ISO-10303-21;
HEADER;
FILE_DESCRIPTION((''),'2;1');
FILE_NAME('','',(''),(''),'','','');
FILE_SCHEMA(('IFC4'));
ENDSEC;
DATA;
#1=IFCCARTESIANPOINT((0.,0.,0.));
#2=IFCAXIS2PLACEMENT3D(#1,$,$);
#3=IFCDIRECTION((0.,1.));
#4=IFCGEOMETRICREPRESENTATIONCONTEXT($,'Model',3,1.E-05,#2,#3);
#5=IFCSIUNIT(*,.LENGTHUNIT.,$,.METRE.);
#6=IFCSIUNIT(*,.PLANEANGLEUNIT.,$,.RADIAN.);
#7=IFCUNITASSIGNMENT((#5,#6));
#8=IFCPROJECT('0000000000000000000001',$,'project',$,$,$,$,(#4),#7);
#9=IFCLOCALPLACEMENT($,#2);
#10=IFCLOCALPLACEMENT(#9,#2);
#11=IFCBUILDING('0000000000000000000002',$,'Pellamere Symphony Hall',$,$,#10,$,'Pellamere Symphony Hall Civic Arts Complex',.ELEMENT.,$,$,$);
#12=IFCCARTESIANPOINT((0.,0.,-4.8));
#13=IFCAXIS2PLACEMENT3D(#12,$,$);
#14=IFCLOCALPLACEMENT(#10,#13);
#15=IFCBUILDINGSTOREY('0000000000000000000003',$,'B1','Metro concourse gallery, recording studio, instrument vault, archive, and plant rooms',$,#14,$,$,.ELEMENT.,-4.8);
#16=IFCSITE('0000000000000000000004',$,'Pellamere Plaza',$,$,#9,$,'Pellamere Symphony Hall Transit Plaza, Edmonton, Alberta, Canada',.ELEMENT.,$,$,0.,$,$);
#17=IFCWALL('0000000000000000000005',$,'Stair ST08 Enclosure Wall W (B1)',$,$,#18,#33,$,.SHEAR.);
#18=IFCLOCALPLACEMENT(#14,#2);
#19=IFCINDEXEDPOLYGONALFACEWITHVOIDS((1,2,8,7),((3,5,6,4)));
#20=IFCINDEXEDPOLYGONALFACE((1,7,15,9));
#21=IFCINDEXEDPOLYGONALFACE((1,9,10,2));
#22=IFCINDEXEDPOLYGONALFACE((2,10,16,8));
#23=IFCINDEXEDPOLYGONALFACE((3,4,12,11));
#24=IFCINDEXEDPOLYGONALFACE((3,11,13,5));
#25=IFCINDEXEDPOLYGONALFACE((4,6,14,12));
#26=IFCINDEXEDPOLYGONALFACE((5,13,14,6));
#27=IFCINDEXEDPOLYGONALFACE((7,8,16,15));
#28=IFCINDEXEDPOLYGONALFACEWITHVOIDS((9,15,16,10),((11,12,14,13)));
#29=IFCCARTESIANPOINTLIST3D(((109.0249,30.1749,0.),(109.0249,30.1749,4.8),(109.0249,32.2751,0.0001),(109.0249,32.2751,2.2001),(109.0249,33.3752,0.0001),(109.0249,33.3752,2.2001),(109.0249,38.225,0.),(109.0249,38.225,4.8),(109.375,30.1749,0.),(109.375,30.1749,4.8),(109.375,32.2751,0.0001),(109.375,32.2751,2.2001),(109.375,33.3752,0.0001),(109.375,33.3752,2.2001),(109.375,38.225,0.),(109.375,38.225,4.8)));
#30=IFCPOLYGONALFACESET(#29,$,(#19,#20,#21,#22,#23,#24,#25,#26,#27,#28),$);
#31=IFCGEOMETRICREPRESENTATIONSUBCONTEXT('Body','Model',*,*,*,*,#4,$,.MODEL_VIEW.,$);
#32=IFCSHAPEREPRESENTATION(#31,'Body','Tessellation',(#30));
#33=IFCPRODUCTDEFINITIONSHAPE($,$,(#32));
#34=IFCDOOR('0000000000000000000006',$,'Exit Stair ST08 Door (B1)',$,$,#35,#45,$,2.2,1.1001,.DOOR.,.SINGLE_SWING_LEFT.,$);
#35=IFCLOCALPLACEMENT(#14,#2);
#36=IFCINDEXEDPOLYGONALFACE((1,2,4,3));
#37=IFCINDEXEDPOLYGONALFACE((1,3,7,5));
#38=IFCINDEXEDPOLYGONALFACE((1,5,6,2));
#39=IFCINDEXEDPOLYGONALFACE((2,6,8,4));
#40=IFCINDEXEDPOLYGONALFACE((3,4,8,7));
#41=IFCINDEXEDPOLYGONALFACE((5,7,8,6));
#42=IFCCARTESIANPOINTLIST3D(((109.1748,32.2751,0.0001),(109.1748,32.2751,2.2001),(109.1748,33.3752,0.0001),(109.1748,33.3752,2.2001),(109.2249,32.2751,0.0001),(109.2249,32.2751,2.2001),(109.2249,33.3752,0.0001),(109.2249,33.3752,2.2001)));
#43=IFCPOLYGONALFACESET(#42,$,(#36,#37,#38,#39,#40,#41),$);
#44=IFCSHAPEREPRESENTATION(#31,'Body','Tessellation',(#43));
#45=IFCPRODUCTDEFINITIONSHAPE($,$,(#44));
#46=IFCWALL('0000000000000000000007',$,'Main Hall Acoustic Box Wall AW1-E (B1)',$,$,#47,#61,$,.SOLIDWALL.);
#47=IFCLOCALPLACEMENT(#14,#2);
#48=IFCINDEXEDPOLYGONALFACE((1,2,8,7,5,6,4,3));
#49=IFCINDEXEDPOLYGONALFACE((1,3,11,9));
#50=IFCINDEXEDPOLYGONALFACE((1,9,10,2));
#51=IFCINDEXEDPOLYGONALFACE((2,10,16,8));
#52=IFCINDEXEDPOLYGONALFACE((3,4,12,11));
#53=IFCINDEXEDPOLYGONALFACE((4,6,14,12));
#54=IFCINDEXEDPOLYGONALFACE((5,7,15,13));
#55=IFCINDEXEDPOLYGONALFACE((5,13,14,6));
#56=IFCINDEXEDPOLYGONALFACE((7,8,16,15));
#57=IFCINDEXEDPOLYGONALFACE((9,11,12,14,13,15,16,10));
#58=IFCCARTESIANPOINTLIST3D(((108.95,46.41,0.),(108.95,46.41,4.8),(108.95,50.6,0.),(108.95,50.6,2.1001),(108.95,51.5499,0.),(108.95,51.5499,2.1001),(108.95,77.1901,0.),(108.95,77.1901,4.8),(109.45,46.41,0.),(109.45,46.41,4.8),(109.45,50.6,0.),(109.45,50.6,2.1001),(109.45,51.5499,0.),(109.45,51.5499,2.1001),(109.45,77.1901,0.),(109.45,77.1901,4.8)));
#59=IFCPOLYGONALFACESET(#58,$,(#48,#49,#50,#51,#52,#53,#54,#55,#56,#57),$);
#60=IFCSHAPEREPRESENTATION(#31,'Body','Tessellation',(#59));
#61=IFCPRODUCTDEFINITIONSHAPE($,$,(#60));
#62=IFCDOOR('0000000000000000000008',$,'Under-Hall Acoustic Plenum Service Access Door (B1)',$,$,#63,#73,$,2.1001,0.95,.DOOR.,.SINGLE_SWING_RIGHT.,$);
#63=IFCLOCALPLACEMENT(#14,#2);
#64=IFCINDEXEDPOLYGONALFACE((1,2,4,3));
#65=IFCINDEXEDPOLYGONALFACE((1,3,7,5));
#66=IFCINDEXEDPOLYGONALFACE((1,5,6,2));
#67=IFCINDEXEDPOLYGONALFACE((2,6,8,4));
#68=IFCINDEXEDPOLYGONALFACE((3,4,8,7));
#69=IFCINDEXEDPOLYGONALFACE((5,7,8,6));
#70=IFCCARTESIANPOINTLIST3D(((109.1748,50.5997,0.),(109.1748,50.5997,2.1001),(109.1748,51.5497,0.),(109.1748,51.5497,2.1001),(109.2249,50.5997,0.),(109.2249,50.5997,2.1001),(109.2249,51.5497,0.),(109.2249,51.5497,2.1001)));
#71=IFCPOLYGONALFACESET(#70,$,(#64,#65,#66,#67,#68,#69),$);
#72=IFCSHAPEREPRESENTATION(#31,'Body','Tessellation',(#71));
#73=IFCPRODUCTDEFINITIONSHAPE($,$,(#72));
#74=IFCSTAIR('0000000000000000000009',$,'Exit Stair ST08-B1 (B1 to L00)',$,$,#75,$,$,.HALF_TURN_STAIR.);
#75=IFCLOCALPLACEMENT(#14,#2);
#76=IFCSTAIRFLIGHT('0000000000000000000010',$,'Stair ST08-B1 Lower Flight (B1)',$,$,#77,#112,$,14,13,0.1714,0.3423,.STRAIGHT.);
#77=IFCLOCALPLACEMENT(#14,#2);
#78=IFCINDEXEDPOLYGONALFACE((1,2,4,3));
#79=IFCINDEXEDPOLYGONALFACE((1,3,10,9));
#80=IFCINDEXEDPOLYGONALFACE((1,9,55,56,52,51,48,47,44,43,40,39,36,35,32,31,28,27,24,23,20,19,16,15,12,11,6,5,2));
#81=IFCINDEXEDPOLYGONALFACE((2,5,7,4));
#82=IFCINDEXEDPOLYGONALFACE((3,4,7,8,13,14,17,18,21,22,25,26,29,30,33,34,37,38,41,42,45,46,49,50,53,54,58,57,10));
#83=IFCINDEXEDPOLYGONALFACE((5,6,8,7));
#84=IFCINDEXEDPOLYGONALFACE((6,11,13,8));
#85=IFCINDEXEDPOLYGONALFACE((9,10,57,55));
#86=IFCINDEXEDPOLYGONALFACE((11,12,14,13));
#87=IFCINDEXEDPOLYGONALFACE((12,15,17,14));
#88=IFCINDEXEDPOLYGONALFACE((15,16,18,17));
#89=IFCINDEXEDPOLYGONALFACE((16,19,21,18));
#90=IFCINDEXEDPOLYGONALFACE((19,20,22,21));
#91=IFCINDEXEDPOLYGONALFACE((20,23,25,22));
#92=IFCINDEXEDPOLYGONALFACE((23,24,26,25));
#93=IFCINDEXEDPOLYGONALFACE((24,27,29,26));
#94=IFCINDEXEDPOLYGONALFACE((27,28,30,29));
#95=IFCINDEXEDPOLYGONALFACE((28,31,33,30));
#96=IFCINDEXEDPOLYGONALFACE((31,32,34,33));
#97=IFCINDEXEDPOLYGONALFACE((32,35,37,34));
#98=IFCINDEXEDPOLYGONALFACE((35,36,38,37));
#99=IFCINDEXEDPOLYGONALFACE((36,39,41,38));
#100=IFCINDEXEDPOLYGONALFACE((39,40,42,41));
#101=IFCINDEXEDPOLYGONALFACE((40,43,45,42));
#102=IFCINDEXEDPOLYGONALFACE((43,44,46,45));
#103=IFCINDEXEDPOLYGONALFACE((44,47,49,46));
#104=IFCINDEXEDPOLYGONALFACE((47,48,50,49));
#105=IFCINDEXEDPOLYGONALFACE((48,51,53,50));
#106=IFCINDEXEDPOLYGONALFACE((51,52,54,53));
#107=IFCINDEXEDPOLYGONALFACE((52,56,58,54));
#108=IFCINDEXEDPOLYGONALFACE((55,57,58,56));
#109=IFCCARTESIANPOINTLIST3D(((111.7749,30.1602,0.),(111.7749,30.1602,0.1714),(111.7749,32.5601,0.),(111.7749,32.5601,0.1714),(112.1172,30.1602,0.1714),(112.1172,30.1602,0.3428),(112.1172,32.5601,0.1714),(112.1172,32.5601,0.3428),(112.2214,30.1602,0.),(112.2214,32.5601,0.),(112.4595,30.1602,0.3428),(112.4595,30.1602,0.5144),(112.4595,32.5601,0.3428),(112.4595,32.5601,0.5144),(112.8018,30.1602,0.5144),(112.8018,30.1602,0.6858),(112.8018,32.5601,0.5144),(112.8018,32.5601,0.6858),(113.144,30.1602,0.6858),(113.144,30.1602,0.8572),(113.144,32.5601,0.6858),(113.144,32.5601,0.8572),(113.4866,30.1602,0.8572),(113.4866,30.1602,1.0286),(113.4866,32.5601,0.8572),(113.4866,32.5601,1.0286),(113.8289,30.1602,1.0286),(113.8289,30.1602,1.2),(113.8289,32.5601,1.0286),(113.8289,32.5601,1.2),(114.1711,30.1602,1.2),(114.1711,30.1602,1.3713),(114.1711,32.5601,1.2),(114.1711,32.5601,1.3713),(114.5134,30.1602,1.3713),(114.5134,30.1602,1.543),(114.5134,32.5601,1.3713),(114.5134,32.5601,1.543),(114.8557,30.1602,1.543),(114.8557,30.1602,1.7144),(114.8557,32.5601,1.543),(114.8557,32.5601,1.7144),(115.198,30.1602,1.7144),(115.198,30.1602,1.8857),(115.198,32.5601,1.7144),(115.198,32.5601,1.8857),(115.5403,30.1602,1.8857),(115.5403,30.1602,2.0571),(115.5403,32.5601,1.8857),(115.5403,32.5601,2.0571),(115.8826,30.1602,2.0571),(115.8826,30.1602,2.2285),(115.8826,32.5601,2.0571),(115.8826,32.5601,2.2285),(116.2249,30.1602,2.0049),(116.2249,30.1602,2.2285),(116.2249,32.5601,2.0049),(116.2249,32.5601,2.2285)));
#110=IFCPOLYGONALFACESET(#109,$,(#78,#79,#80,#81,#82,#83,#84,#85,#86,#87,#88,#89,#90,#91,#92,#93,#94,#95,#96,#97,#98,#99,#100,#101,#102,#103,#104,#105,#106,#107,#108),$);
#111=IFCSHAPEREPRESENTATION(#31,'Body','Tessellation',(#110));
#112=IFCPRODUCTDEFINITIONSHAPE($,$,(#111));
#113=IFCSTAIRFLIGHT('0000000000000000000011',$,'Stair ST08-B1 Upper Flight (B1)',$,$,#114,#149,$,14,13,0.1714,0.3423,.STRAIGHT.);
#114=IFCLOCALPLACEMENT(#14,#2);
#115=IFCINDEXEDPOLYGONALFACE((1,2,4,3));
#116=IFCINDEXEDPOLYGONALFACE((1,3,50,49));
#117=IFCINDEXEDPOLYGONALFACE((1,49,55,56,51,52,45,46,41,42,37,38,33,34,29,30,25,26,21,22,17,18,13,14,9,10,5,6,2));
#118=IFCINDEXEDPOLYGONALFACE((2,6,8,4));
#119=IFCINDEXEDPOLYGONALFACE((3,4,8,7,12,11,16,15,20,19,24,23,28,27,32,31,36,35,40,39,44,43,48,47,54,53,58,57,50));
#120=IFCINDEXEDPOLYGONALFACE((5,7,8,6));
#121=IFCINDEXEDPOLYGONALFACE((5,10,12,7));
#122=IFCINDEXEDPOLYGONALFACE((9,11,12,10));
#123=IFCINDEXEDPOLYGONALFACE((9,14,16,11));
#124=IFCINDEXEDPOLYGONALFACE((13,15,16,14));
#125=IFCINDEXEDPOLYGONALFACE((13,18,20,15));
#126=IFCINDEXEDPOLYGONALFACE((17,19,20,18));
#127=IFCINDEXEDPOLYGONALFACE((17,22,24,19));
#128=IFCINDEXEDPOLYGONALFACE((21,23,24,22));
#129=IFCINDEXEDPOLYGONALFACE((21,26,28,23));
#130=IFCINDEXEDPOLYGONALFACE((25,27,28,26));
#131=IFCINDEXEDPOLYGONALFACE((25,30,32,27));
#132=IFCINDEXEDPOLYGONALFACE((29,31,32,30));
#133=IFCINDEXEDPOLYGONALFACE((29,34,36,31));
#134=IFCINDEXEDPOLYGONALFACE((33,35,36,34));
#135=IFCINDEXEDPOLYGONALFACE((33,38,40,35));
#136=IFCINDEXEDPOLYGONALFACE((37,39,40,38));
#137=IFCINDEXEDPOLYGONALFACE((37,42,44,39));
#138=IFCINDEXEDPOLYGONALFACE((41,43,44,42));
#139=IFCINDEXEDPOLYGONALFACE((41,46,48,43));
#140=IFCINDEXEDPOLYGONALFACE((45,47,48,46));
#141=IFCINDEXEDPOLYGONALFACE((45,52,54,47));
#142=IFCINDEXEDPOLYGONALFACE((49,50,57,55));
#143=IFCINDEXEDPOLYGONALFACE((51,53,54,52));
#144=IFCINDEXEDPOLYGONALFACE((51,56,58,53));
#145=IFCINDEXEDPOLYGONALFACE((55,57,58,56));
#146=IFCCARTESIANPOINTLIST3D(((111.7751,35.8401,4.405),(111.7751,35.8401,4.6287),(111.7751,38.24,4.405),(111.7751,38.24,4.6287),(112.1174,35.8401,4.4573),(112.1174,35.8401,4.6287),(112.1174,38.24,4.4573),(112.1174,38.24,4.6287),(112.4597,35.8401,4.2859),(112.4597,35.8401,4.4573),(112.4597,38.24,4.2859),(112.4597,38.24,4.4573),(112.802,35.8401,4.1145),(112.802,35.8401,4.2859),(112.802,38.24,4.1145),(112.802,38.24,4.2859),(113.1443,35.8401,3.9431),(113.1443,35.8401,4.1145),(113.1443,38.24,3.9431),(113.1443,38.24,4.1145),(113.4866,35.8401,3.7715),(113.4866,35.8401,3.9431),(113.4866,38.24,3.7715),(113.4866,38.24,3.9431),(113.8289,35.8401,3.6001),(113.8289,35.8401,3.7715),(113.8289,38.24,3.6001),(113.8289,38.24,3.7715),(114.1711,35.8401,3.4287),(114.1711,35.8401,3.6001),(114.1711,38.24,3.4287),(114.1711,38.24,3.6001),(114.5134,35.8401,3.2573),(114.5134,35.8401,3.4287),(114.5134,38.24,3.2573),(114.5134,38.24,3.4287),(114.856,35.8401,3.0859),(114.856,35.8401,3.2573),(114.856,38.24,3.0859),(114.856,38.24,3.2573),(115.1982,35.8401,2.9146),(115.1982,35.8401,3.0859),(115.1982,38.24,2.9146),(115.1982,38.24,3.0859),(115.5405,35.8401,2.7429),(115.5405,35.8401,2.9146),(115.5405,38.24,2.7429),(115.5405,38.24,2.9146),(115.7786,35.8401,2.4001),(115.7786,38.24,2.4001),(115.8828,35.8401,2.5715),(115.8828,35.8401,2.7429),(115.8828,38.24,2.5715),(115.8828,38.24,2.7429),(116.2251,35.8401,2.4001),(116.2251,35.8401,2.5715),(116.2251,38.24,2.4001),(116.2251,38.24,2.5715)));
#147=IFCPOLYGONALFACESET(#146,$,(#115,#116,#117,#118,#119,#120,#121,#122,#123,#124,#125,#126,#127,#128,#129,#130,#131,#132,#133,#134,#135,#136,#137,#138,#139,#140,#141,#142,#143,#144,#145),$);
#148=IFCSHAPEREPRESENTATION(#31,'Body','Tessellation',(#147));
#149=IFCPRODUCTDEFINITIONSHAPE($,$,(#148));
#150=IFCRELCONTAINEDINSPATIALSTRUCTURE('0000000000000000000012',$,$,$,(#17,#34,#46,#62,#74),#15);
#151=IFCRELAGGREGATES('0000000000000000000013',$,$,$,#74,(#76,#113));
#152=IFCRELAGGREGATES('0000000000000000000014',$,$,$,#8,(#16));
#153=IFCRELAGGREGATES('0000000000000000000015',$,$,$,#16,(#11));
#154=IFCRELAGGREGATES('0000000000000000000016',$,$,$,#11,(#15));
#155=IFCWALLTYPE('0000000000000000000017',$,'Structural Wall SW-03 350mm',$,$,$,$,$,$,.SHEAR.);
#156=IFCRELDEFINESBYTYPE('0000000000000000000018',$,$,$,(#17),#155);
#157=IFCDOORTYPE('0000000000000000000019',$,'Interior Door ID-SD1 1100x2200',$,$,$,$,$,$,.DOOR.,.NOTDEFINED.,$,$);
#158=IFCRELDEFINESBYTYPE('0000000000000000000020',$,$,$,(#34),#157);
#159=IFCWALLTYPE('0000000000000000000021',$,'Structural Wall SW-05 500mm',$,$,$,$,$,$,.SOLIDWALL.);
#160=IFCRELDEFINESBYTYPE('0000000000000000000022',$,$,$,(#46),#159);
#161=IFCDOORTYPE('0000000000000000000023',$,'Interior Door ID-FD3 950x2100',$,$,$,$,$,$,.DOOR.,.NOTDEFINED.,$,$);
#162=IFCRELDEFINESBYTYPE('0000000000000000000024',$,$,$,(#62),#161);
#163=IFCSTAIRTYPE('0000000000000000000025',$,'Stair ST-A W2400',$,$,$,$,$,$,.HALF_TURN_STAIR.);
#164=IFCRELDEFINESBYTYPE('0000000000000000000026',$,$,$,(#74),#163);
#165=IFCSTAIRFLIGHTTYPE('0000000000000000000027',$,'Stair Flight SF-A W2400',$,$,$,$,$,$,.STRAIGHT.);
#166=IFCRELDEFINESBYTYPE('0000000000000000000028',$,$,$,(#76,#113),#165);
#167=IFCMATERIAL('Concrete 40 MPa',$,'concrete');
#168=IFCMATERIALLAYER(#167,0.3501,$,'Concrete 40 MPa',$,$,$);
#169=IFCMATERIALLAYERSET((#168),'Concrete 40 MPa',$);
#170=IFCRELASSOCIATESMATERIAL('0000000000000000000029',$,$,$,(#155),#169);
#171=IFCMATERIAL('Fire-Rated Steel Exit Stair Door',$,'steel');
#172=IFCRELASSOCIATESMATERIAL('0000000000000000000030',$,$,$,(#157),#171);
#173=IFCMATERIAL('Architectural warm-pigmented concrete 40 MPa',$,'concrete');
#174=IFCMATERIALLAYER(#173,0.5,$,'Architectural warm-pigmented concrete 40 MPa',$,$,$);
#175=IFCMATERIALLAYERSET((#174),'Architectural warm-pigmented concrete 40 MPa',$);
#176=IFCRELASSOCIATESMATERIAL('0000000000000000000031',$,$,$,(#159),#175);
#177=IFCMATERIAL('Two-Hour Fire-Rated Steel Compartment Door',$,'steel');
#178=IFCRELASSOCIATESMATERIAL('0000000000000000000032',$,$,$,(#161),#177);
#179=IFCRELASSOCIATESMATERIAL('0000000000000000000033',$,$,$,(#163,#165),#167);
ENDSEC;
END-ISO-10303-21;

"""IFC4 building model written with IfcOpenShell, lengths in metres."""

from ifc_helpers import new_model, si_unit, direction, frame, frame_2d, origin, place, context, subcontext, project, spatial, polyline, rectangle, outline, extrude, material, layer, layer_set, type_object, element, fill, aggregate, save


model = new_model("IFC4")

# Units and contexts
model_context = context("Model", 3, precision=1e-05, world=origin(), true_north=direction((0.0, 1.0)))
body_context = subcontext(model_context, "Body", "Model", "MODEL_VIEW")
ifc_project = project(units=[si_unit("LENGTHUNIT", "METRE"), si_unit("PLANEANGLEUNIT", "RADIAN")], contexts=[model_context])

# Site, building, storey
site_placement = place(None, origin())
site = spatial("IfcSite", under=ifc_project, at=site_placement, Name="Pellamere Plaza", LongName="Pellamere Symphony Hall Transit Plaza, Edmonton, Alberta, Canada", CompositionType="ELEMENT", RefElevation=0.0)
building_placement = place(site_placement, origin())
building = spatial("IfcBuilding", under=site, at=building_placement, Name="Pellamere Symphony Hall", LongName="Pellamere Symphony Hall Civic Arts Complex", CompositionType="ELEMENT")
storey_placement = place(building_placement, frame((0.0, 0.0, -4.8)))
storey = spatial("IfcBuildingStorey", under=building, at=storey_placement, Name="B1", Description="Metro concourse gallery, recording studio, instrument vault, archive, and plant rooms", CompositionType="ELEMENT", Elevation=-4.8)

# Shared definitions
ifc_material_1 = material(Name="Concrete 40 MPa", Category="concrete")

# Shared definitions
ifc_layer_1 = layer(ifc_material_1, 0.3501, Name="Concrete 40 MPa")
ifc_layer_set_1 = layer_set([ifc_layer_1], Name="Concrete 40 MPa")
wall_type_1 = type_object("IfcWallType", Name="Structural Wall SW-03 350mm", PredefinedType="SHEAR", material=ifc_layer_set_1)

# Walls, openings, doors
wall_1_placement = place(storey_placement, frame((109.2, 30.175, 0.0), z_axis=(0.0, 0.0, 1.0), x_axis=(0.0, 1.0, 0.0)))
wall_1 = element("IfcWall", 1, at=wall_1_placement, inside=storey, type_object=wall_type_1, Name="Stair ST08 Enclosure Wall W (B1)", PredefinedType="SHEAR", context=body_context, shape_type="SweptSolid", body=[
    extrude(rectangle(XDim=8.05, YDim=0.3501, at=frame_2d((4.0249, 0.0))), origin(), (0.0, 0.0, 1.0), 4.8),
])
opening_1_placement = place(wall_1_placement, frame((2.1001, 0.0, 0.0)))
opening_1 = element("IfcOpeningElement", 2, at=opening_1_placement, cuts=wall_1, PredefinedType="OPENING", context=body_context, shape_type="SweptSolid", body=[
    extrude(rectangle(XDim=1.1001, YDim=2.2, at=frame_2d((0.55, 1.1001))), frame((0.0, 0.1851, 0.0), z_axis=(0.0, -1.0, 0.0), x_axis=(1.0, 0.0, 0.0)), (0.0, 0.0, 1.0), 0.3701),
])
ifc_material_2 = material(Name="Fire-Rated Steel Exit Stair Door", Category="steel")
door_type_1 = type_object("IfcDoorType", Name="Interior Door ID-SD1 1100x2200", OperationType="NOTDEFINED", PredefinedType="DOOR", material=ifc_material_2)
door_1_placement = place(opening_1_placement, frame((1.1001, 0.0, 0.0), z_axis=(0.0, 0.0, 1.0), x_axis=(-1.0, 0.0, 0.0)))
door_1 = element("IfcDoor", 3, at=door_1_placement, inside=storey, type_object=door_type_1, Name="Exit Stair ST08 Door (B1)", OperationType="SINGLE_SWING_LEFT", OverallHeight=2.2, OverallWidth=1.1001, PredefinedType="DOOR", context=body_context, shape_type="SweptSolid", body=[
    extrude(rectangle(XDim=1.1001, YDim=2.2, at=frame_2d((0.55, 1.1001))), frame((0.0, 0.0249, 0.0), z_axis=(0.0, -1.0, 0.0), x_axis=(1.0, 0.0, 0.0)), (0.0, 0.0, 1.0), 0.05),
])
fill(opening_1, door_1)
ifc_material_3 = material(Name="Architectural warm-pigmented concrete 40 MPa", Category="concrete")
ifc_layer_2 = layer(ifc_material_3, 0.5, Name="Architectural warm-pigmented concrete 40 MPa")
ifc_layer_set_2 = layer_set([ifc_layer_2], Name="Architectural warm-pigmented concrete 40 MPa")
wall_type_2 = type_object("IfcWallType", Name="Structural Wall SW-05 500mm", PredefinedType="SOLIDWALL", material=ifc_layer_set_2)
wall_2_placement = place(storey_placement, frame((109.2, 46.4099, 0.0), z_axis=(0.0, 0.0, 1.0), x_axis=(0.0, 1.0, 0.0)))
wall_2 = element("IfcWall", 4, at=wall_2_placement, inside=storey, type_object=wall_type_2, Name="Main Hall Acoustic Box Wall AW1-E (B1)", PredefinedType="SOLIDWALL", context=body_context, shape_type="SweptSolid", body=[
    extrude(rectangle(XDim=30.78, YDim=0.5, at=frame_2d((15.3901, 0.0))), origin(), (0.0, 0.0, 1.0), 4.8),
])
opening_2_placement = place(wall_2_placement, frame((4.1899, 0.0, 0.0)))
opening_2 = element("IfcOpeningElement", 5, at=opening_2_placement, cuts=wall_2, PredefinedType="OPENING", context=body_context, shape_type="SweptSolid", body=[
    extrude(rectangle(XDim=0.95, YDim=2.1001, at=frame_2d((0.4751, 1.05))), frame((0.0, 0.26, 0.0), z_axis=(0.0, -1.0, 0.0), x_axis=(1.0, 0.0, 0.0)), (0.0, 0.0, 1.0), 0.52),
])
ifc_material_4 = material(Name="Two-Hour Fire-Rated Steel Compartment Door", Category="steel")
door_type_2 = type_object("IfcDoorType", Name="Interior Door ID-FD3 950x2100", OperationType="NOTDEFINED", PredefinedType="DOOR", material=ifc_material_4)
door_2_placement = place(opening_2_placement, frame((0.95, 0.0, 0.0), z_axis=(0.0, 0.0, 1.0), x_axis=(-1.0, 0.0, 0.0)))
door_2 = element("IfcDoor", 6, at=door_2_placement, inside=storey, type_object=door_type_2, Name="Under-Hall Acoustic Plenum Service Access Door (B1)", OperationType="SINGLE_SWING_RIGHT", OverallHeight=2.1001, OverallWidth=0.95, PredefinedType="DOOR", context=body_context, shape_type="SweptSolid", body=[
    extrude(rectangle(XDim=0.95, YDim=2.1001, at=frame_2d((0.4751, 1.05))), frame((0.0, 0.0249, 0.0), z_axis=(0.0, -1.0, 0.0), x_axis=(1.0, 0.0, 0.0)), (0.0, 0.0, 1.0), 0.05),
])
fill(opening_2, door_2)

# Stair, stair flights
stair_type = type_object("IfcStairType", Name="Stair ST-A W2400", PredefinedType="HALF_TURN_STAIR", material=ifc_material_1)
stair_placement = place(storey_placement, origin())
stair = element("IfcStair", 7, at=stair_placement, inside=storey, type_object=stair_type, Name="Exit Stair ST08-B1 (B1 to L00)", PredefinedType="HALF_TURN_STAIR")
stair_flight_type = type_object("IfcStairFlightType", Name="Stair Flight SF-A W2400", PredefinedType="STRAIGHT", material=ifc_material_1)
stair_flight_1_placement = place(storey_placement, frame((111.7749, 31.3601, 0.0), z_axis=(0.0, 0.0, 1.0), x_axis=(1.0, 0.0, 0.0)))
stair_flight_1 = element("IfcStairFlight", 8, at=stair_flight_1_placement, type_object=stair_flight_type, Name="Stair ST08-B1 Lower Flight (B1)", NumberOfRisers=14, NumberOfTreads=13, PredefinedType="STRAIGHT", RiserHeight=0.1714, TreadLength=0.3423, context=body_context, shape_type="SweptSolid", body=[
    extrude(outline(polyline([(0.0, 0.0), (0.0, 0.1714), (0.3423, 0.1714), (0.3423, 0.3428), (0.6846, 0.3428), (0.6846, 0.5144), (1.0269, 0.5144), (1.0269, 0.6858), (1.3691, 0.6858), (1.3691, 0.8572), (1.7117, 0.8572), (1.7117, 1.0286), (2.054, 1.0286), (2.054, 1.2), (2.3962, 1.2), (2.3962, 1.3713), (2.7385, 1.3713), (2.7385, 1.543), (3.0808, 1.543), (3.0808, 1.7144), (3.4231, 1.7144), (3.4231, 1.8857), (3.7654, 1.8857), (3.7654, 2.0571), (4.1077, 2.0571), (4.1077, 2.2285), (4.45, 2.2285), (4.45, 2.3999), (4.45, 2.0049), (0.4465, 0.0), (0.0, 0.0)])), frame((0.0, 1.2, 0.0), z_axis=(0.0, -1.0, 0.0), x_axis=(1.0, 0.0, 0.0)), (0.0, 0.0, 1.0), 2.3999),
])
stair_flight_2_placement = place(storey_placement, frame((116.2251, 37.04, 2.4001), z_axis=(0.0, 0.0, 1.0), x_axis=(-1.0, 0.0, 0.0)))
stair_flight_2 = element("IfcStairFlight", 9, at=stair_flight_2_placement, type_object=stair_flight_type, Name="Stair ST08-B1 Upper Flight (B1)", NumberOfRisers=14, NumberOfTreads=13, PredefinedType="STRAIGHT", RiserHeight=0.1714, TreadLength=0.3423, context=body_context, shape_type="SweptSolid", body=[
    extrude(outline(polyline([(0.0, 0.0), (0.0, 0.1714), (0.3423, 0.1714), (0.3423, 0.3428), (0.6846, 0.3428), (0.6846, 0.5144), (1.0269, 0.5144), (1.0269, 0.6858), (1.3691, 0.6858), (1.3691, 0.8572), (1.7117, 0.8572), (1.7117, 1.0286), (2.054, 1.0286), (2.054, 1.2), (2.3962, 1.2), (2.3962, 1.3713), (2.7385, 1.3713), (2.7385, 1.543), (3.0808, 1.543), (3.0808, 1.7144), (3.4231, 1.7144), (3.4231, 1.8857), (3.7654, 1.8857), (3.7654, 2.0571), (4.1077, 2.0571), (4.1077, 2.2285), (4.45, 2.2285), (4.45, 2.3999), (4.45, 2.0049), (0.4465, 0.0), (0.0, 0.0)])), frame((0.0, 1.2, 0.0), z_axis=(0.0, -1.0, 0.0), x_axis=(1.0, 0.0, 0.0)), (0.0, 0.0, 1.0), 2.3999),
])
aggregate(stair, [stair_flight_1, stair_flight_2])

save(model, "model.ifc")
